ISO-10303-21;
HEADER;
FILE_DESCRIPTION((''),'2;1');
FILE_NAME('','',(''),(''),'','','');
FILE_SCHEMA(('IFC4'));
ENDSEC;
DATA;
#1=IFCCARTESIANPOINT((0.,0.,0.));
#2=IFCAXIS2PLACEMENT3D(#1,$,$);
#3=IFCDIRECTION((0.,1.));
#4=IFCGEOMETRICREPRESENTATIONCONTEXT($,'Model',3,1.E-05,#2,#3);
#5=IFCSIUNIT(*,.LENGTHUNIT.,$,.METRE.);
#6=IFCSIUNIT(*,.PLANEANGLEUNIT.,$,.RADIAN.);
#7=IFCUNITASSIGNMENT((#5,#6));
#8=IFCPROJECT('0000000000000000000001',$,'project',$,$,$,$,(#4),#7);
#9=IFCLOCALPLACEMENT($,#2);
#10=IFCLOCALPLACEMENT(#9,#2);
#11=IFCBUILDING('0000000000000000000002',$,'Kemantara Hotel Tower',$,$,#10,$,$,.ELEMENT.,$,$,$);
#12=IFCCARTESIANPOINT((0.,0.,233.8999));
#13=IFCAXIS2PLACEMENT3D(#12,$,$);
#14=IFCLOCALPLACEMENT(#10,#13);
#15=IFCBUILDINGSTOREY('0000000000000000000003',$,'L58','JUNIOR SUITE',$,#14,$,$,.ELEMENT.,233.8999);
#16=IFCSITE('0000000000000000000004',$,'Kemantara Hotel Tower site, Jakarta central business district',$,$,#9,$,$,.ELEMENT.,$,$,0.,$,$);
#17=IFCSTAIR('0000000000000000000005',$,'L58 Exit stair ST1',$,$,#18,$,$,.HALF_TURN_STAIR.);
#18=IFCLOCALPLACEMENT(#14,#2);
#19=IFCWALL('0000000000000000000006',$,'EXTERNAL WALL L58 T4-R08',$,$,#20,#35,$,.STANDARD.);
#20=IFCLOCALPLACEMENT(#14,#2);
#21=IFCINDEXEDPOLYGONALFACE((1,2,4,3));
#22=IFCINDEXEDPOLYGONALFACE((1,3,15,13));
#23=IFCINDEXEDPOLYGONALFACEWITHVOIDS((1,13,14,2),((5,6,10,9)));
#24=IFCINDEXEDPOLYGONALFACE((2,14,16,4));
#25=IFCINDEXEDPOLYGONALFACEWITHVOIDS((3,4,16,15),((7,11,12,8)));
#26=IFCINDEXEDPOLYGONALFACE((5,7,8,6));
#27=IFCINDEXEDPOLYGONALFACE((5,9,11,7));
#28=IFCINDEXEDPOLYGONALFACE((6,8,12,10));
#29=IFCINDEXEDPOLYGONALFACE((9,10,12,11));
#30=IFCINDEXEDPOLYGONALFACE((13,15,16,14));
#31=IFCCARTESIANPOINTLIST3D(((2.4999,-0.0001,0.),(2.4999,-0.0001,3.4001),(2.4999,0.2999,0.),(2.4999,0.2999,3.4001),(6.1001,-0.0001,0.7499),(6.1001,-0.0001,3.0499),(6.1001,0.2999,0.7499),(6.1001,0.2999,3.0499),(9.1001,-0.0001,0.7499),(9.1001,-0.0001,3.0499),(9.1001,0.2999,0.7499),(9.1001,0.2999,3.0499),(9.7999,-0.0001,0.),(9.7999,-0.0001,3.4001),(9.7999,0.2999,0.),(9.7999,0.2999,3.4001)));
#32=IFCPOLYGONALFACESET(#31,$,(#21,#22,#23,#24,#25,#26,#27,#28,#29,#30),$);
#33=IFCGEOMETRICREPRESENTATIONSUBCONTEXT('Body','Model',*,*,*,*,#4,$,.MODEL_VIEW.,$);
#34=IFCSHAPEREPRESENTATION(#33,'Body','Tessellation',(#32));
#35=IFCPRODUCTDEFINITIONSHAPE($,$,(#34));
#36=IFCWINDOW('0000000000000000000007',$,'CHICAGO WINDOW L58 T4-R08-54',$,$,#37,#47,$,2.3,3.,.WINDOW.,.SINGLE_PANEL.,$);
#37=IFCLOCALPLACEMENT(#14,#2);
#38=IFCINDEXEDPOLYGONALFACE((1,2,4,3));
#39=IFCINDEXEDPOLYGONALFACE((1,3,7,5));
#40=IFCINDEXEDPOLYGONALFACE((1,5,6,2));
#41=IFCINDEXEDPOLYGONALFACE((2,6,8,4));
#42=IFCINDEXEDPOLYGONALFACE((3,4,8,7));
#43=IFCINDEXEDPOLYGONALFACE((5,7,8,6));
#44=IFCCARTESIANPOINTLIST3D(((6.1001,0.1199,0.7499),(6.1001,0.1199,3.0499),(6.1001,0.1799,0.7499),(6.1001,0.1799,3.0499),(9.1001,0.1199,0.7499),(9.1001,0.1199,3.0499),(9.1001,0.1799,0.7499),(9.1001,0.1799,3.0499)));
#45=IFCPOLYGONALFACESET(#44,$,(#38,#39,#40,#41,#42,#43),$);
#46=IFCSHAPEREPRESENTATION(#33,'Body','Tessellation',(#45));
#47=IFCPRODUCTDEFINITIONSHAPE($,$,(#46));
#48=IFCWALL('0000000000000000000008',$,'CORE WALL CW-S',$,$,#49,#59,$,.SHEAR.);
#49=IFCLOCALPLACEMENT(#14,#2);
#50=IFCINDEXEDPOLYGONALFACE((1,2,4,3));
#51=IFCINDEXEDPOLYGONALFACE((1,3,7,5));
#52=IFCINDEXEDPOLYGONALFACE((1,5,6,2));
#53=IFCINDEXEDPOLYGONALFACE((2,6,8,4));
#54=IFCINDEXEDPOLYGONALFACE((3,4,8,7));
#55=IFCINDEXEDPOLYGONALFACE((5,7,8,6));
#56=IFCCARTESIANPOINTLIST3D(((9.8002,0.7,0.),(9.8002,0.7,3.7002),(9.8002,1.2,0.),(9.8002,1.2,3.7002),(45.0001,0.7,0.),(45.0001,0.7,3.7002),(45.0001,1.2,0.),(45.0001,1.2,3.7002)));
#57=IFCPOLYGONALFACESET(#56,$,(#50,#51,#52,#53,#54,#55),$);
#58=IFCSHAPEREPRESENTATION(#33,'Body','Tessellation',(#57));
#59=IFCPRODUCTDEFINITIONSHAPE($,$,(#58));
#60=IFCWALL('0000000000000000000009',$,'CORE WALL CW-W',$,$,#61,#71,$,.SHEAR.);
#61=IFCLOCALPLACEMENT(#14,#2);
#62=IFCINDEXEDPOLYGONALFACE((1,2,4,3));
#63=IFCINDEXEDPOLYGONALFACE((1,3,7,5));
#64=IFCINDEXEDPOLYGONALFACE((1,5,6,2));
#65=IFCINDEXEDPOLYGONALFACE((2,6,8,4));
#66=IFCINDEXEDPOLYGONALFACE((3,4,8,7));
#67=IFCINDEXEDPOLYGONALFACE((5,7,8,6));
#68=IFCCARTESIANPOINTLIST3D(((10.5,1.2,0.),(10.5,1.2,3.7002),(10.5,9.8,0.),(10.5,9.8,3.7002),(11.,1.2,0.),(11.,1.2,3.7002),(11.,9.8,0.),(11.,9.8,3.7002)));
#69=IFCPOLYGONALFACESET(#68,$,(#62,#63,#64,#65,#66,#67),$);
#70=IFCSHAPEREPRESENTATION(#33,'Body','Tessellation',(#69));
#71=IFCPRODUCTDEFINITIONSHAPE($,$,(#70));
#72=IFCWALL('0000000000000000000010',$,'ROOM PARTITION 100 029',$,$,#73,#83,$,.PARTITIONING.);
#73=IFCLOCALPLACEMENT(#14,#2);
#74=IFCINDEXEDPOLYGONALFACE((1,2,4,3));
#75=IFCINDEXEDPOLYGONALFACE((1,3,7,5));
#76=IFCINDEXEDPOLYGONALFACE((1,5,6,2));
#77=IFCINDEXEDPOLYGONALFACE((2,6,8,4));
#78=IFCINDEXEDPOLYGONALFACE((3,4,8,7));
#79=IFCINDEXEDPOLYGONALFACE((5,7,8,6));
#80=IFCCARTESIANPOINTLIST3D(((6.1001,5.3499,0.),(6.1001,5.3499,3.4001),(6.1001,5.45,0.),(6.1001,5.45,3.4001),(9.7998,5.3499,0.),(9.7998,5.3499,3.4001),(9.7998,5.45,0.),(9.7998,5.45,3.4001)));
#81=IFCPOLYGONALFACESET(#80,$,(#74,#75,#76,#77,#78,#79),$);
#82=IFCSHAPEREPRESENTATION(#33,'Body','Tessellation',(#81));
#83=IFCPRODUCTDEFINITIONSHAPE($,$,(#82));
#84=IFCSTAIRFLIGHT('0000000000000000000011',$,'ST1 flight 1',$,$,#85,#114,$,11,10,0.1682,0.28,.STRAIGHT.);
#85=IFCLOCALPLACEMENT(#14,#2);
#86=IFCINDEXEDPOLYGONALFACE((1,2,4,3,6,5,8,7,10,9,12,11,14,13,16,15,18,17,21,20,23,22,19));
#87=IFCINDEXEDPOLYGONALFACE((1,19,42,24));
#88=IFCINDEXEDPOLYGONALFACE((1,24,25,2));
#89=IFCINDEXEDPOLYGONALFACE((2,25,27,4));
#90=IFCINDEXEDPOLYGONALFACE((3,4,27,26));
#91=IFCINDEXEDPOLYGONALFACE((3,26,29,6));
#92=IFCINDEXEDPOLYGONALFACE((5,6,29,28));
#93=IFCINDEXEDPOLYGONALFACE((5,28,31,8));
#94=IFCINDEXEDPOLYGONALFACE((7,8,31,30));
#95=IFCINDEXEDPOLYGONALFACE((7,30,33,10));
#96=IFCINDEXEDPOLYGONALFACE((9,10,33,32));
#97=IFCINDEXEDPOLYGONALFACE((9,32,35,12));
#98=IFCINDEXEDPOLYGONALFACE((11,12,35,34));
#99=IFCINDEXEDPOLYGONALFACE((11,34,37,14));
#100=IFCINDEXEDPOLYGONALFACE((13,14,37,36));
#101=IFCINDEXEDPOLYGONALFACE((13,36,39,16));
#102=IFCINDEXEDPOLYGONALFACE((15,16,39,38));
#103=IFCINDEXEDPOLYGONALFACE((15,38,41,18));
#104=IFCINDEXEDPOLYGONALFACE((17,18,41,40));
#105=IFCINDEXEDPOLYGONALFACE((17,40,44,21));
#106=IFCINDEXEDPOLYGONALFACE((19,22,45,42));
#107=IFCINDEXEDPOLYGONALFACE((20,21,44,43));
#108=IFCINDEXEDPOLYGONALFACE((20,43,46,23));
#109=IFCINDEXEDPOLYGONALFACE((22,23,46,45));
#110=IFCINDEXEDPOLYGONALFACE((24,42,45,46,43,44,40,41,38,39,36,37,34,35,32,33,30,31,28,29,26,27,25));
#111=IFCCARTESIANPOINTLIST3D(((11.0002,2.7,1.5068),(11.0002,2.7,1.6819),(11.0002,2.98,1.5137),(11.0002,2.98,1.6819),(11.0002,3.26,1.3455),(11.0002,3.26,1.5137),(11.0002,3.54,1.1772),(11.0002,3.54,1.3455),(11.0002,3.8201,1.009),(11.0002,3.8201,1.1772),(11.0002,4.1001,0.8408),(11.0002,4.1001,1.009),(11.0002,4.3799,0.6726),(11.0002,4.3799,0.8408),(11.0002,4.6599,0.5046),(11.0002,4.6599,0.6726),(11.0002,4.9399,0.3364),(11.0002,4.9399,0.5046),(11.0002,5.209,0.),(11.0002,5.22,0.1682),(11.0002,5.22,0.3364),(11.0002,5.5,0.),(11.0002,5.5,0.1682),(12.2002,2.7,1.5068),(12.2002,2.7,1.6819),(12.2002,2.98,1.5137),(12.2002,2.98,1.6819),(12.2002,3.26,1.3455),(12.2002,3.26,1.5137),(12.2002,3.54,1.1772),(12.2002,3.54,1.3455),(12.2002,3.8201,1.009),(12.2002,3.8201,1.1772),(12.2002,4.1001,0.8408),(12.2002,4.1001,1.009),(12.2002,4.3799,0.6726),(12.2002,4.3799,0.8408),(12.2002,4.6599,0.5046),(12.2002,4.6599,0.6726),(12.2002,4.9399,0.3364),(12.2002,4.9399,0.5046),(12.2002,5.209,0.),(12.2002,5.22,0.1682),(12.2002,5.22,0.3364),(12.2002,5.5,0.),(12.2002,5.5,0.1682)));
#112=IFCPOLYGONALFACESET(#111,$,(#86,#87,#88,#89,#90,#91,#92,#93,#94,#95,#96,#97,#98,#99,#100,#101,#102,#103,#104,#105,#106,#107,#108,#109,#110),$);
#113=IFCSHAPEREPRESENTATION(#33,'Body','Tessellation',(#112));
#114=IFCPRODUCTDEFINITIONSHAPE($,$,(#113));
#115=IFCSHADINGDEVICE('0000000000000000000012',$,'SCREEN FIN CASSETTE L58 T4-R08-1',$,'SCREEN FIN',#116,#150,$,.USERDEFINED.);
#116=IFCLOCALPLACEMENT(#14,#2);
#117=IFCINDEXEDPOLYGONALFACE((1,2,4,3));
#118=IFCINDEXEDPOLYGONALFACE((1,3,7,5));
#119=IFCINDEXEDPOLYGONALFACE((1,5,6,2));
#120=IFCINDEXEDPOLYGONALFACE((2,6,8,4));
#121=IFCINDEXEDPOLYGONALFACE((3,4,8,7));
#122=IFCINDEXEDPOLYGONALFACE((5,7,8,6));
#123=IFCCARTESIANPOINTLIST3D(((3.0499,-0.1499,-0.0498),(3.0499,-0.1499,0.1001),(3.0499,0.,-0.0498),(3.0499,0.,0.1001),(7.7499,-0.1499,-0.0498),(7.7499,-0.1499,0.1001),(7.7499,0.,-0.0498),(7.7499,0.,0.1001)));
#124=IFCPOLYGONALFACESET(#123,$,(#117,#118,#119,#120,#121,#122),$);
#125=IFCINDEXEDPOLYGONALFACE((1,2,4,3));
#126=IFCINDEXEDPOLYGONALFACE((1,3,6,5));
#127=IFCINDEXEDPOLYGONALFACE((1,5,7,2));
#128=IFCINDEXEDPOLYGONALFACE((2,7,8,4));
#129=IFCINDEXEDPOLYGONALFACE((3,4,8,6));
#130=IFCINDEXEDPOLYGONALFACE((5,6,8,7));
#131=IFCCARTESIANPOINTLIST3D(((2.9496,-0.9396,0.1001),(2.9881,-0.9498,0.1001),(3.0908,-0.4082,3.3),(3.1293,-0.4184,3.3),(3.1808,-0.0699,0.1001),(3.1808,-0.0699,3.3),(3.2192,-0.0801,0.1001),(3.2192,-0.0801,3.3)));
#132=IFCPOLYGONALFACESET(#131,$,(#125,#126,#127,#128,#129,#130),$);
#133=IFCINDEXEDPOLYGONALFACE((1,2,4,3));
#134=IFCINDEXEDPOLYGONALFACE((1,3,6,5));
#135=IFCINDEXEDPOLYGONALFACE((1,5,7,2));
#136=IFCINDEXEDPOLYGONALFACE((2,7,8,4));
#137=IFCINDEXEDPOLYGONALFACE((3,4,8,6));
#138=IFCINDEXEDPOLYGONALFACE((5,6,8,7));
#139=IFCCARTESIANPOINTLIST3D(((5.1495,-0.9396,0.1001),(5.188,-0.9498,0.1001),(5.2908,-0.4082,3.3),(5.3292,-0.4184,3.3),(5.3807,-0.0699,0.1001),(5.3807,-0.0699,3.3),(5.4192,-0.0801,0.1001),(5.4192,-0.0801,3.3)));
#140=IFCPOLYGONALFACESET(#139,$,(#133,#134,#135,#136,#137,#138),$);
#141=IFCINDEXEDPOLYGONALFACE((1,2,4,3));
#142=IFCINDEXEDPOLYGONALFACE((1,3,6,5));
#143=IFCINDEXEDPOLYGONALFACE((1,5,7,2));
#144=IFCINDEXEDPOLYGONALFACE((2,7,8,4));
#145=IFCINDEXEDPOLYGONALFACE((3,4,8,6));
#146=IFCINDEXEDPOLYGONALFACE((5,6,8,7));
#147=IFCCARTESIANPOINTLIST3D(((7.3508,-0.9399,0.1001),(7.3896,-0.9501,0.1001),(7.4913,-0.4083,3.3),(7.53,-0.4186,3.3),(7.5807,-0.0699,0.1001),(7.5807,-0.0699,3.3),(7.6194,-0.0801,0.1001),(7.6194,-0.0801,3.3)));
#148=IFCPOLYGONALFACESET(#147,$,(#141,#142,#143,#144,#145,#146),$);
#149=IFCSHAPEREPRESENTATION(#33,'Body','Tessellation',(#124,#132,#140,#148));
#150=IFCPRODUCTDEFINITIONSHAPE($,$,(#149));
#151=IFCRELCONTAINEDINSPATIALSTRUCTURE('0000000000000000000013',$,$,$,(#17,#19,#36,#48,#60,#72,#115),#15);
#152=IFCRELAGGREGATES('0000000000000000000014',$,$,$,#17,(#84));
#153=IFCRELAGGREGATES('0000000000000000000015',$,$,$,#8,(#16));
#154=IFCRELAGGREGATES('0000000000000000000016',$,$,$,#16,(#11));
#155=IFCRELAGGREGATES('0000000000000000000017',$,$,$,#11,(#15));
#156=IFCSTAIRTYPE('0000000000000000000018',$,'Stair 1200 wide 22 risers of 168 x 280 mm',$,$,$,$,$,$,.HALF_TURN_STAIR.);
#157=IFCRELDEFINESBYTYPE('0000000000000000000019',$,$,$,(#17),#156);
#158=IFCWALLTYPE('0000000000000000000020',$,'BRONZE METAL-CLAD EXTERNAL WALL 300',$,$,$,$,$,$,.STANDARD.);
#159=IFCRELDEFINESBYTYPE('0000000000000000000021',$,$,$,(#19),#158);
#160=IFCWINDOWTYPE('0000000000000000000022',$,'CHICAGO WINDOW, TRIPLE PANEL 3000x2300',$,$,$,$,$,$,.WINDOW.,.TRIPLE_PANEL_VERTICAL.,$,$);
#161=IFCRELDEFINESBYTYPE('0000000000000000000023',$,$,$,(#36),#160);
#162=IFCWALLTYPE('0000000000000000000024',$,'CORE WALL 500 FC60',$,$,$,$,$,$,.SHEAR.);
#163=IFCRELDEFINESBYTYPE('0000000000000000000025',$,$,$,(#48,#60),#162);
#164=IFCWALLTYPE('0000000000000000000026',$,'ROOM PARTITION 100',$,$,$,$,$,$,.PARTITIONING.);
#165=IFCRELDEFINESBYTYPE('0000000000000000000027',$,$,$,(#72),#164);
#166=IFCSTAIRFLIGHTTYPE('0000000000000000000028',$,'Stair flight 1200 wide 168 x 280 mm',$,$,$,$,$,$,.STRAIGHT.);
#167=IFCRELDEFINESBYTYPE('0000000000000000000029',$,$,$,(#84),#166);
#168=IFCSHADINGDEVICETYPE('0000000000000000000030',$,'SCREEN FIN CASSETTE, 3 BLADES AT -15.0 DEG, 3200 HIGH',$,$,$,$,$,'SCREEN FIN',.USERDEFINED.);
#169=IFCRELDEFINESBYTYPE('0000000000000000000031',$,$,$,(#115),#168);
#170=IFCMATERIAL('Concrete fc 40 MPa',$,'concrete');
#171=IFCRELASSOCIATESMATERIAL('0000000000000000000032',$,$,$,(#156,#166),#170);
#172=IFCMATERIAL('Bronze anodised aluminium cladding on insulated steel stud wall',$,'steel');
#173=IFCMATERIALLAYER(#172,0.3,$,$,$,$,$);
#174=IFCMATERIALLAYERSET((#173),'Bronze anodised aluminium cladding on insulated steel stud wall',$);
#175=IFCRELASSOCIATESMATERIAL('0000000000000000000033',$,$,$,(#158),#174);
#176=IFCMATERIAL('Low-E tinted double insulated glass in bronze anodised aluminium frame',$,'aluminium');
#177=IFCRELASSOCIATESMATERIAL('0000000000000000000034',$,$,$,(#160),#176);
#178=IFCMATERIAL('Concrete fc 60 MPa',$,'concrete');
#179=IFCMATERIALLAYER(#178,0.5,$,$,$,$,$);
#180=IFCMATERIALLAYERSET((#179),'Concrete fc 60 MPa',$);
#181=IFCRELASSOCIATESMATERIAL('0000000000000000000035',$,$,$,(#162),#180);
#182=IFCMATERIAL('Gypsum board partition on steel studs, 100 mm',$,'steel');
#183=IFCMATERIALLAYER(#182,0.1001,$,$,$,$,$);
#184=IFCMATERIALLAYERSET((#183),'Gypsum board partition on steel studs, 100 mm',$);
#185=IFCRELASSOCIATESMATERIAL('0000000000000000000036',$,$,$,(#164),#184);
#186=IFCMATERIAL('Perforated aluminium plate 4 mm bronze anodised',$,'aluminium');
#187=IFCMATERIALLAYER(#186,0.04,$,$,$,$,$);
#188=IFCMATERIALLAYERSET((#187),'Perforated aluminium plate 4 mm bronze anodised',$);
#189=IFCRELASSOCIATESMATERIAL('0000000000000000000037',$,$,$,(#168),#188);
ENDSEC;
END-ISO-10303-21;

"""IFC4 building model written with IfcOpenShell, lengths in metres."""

from ifc_helpers import new_model, si_unit, direction, frame, frame_2d, origin, origin_2d, place, context, subcontext, project, spatial, polyline, rectangle, outline, extrude, source, transform, mapped, material, layer, layer_set, type_object, element, fill, aggregate, save


model = new_model("IFC4")

# Units and contexts
model_context = context("Model", 3, precision=1e-05, world=origin(), true_north=direction((0.0, 1.0)))
body_context = subcontext(model_context, "Body", "Model", "MODEL_VIEW")
ifc_project = project(units=[si_unit("LENGTHUNIT", "METRE"), si_unit("PLANEANGLEUNIT", "RADIAN")], contexts=[model_context])

# Site, building, storey
site_placement = place(None, origin())
site = spatial("IfcSite", under=ifc_project, at=site_placement, Name="Kemantara Hotel Tower site, Jakarta central business district", CompositionType="ELEMENT", RefElevation=0.0)
building_placement = place(site_placement, origin())
building = spatial("IfcBuilding", under=site, at=building_placement, Name="Kemantara Hotel Tower", CompositionType="ELEMENT")
storey_placement = place(building_placement, frame((0.0, 0.0, 233.8999)))
storey = spatial("IfcBuildingStorey", under=building, at=storey_placement, Name="L58", Description="JUNIOR SUITE", CompositionType="ELEMENT", Elevation=233.8999)

# Shared definitions
ifc_material_1 = material(Name="Concrete fc 60 MPa", Category="concrete")

# Shared definitions
ifc_material_2 = material(Name="Concrete fc 40 MPa", Category="concrete")

# Stair
stair_type_1 = type_object("IfcStairType", Name="Stair 1200 wide 22 risers of 168 x 280 mm", PredefinedType="HALF_TURN_STAIR", material=ifc_material_2)
stair_1_placement = place(storey_placement, origin())
stair_1 = element("IfcStair", 1, at=stair_1_placement, inside=storey, type_object=stair_type_1, Name="L58 Exit stair ST1", PredefinedType="HALF_TURN_STAIR")

# Shared definitions
ifc_material_3 = material(Name="Bronze anodised aluminium cladding on insulated steel stud wall", Category="steel")
ifc_layer_1 = layer(ifc_material_3, 0.3)
ifc_layer_set_1 = layer_set([ifc_layer_1], Name="Bronze anodised aluminium cladding on insulated steel stud wall")
wall_type_1 = type_object("IfcWallType", Name="BRONZE METAL-CLAD EXTERNAL WALL 300", PredefinedType="STANDARD", material=ifc_layer_set_1)

# Wall, opening, window
wall_1_placement = place(storey_placement, frame((2.5, 0.1499, 0.0), z_axis=(0.0, 0.0, 1.0), x_axis=(1.0, 0.0, 0.0)))
wall_1 = element("IfcWall", 2, at=wall_1_placement, inside=storey, type_object=wall_type_1, Name="EXTERNAL WALL L58 T4-R08", PredefinedType="STANDARD", context=body_context, shape_type="SweptSolid", body=[
    extrude(rectangle(XDim=7.3, YDim=0.3, at=frame_2d((3.6499, 0.0))), origin(), (0.0, 0.0, 1.0), 3.4001),
])
opening_placement = place(wall_1_placement, frame((3.6001, 0.0, 0.75)))
opening = element("IfcOpeningElement", 3, at=opening_placement, cuts=wall_1, PredefinedType="OPENING", context=body_context, shape_type="SweptSolid", body=[
    extrude(rectangle(XDim=3.0, YDim=2.3, at=frame_2d((1.5, 1.1499))), frame((0.0, 0.1599, 0.0), z_axis=(0.0, -1.0, 0.0), x_axis=(1.0, 0.0, 0.0)), (0.0, 0.0, 1.0), 0.3201),
])
ifc_material_4 = material(Name="Low-E tinted double insulated glass in bronze anodised aluminium frame", Category="aluminium")
window_type = type_object("IfcWindowType", Name="CHICAGO WINDOW, TRIPLE PANEL 3000x2300", PartitioningType="TRIPLE_PANEL_VERTICAL", PredefinedType="WINDOW", material=ifc_material_4)
window_placement = place(opening_placement, origin())
window = element("IfcWindow", 4, at=window_placement, inside=storey, type_object=window_type, Name="CHICAGO WINDOW L58 T4-R08-54", OverallHeight=2.3, OverallWidth=3.0, PartitioningType="SINGLE_PANEL", PredefinedType="WINDOW", context=body_context, shape_type="SweptSolid", body=[
    extrude(rectangle(XDim=3.0, YDim=2.3, at=frame_2d((1.5, 1.1499))), frame((0.0, 0.03, 0.0), z_axis=(0.0, -1.0, 0.0), x_axis=(1.0, 0.0, 0.0)), (0.0, 0.0, 1.0), 0.0601),
])
fill(opening, window)

# Walls
ifc_layer_2 = layer(ifc_material_1, 0.5)
ifc_layer_set_2 = layer_set([ifc_layer_2], Name="Concrete fc 60 MPa")
wall_type_2 = type_object("IfcWallType", Name="CORE WALL 500 FC60", PredefinedType="SHEAR", material=ifc_layer_set_2)
wall_2_placement = place(storey_placement, frame((9.8, 0.95, 0.0), z_axis=(0.0, 0.0, 1.0), x_axis=(1.0, 0.0, 0.0)))
element("IfcWall", 5, at=wall_2_placement, inside=storey, type_object=wall_type_2, Name="CORE WALL CW-S", PredefinedType="SHEAR", context=body_context, shape_type="SweptSolid", body=[
    extrude(rectangle(XDim=35.2, YDim=0.5, at=frame_2d((17.6001, 0.0))), origin(), (0.0, 0.0, 1.0), 3.7002),
])
wall_3_placement = place(storey_placement, frame((10.75, 1.2, 0.0), z_axis=(0.0, 0.0, 1.0), x_axis=(0.0, 1.0, 0.0)))
element("IfcWall", 6, at=wall_3_placement, inside=storey, type_object=wall_type_2, Name="CORE WALL CW-W", PredefinedType="SHEAR", context=body_context, shape_type="SweptSolid", body=[
    extrude(rectangle(XDim=8.6001, YDim=0.5, at=frame_2d((4.3, 0.0))), origin(), (0.0, 0.0, 1.0), 3.7002),
])
ifc_material_5 = material(Name="Gypsum board partition on steel studs, 100 mm", Category="steel")
ifc_layer_3 = layer(ifc_material_5, 0.1001)
ifc_layer_set_3 = layer_set([ifc_layer_3], Name="Gypsum board partition on steel studs, 100 mm")
wall_type_3 = type_object("IfcWallType", Name="ROOM PARTITION 100", PredefinedType="PARTITIONING", material=ifc_layer_set_3)
wall_4_placement = place(storey_placement, frame((6.1001, 5.3999, 0.0), z_axis=(0.0, 0.0, 1.0), x_axis=(1.0, 0.0, 0.0)))
element("IfcWall", 7, at=wall_4_placement, inside=storey, type_object=wall_type_3, Name="ROOM PARTITION 100 029", PredefinedType="PARTITIONING", context=body_context, shape_type="SweptSolid", body=[
    extrude(rectangle(XDim=3.6997, YDim=0.1001, at=frame_2d((1.8499, 0.0))), origin(), (0.0, 0.0, 1.0), 3.4001),
])

# Stair flight
stair_flight_type = type_object("IfcStairFlightType", Name="Stair flight 1200 wide 168 x 280 mm", PredefinedType="STRAIGHT", material=ifc_material_2)
stair_flight_placement = place(storey_placement, frame((11.6001, 5.5, 0.0), z_axis=(0.0, 0.0, 1.0), x_axis=(0.0, -1.0, 0.0)))
stair_flight = element("IfcStairFlight", 8, at=stair_flight_placement, type_object=stair_flight_type, Name="ST1 flight 1", NumberOfRisers=11, NumberOfTreads=10, PredefinedType="STRAIGHT", RiserHeight=0.1682, TreadLength=0.28, context=body_context, shape_type="SweptSolid", body=[
    extrude(outline(polyline([(0.0, 0.0), (0.0, 0.1682), (0.28, 0.1682), (0.28, 0.3364), (0.5601, 0.3364), (0.5601, 0.5046), (0.8401, 0.5046), (0.8401, 0.6726), (1.1201, 0.6726), (1.1201, 0.8408), (1.3999, 0.8408), (1.3999, 1.009), (1.6799, 1.009), (1.6799, 1.1772), (1.96, 1.1772), (1.96, 1.3455), (2.24, 1.3455), (2.24, 1.5137), (2.52, 1.5137), (2.52, 1.6819), (2.8, 1.6819), (2.8, 1.8501), (2.8, 1.5068), (0.291, 0.0), (0.0, 0.0)])), frame((0.0, 0.6001, 0.0), z_axis=(0.0, -1.0, 0.0), x_axis=(1.0, 0.0, 0.0)), (0.0, 0.0, 1.0), 1.2),
])
aggregate(stair_1, [stair_flight])

# Shading device
ifc_material_6 = material(Name="Perforated aluminium plate 4 mm bronze anodised", Category="aluminium")
ifc_layer_4 = layer(ifc_material_6, 0.04)
ifc_layer_set_4 = layer_set([ifc_layer_4], Name="Perforated aluminium plate 4 mm bronze anodised")
shading_device_type_1 = type_object("IfcShadingDeviceType", Name="SCREEN FIN CASSETTE, 3 BLADES AT -15.0 DEG, 3200 HIGH", ElementType="SCREEN FIN", PredefinedType="USERDEFINED", material=ifc_layer_set_4)
shared_shape_1 = source(origin(), body_context, "Body", "SweptSolid", [
    extrude(rectangle(XDim=4.7, YDim=0.1499, at=origin_2d()), frame((2.2, -0.075, -0.1499), z_axis=(0.0, 0.0, 1.0), x_axis=(1.0, 0.0, 0.0)), (0.0, 0.0, 1.0), 0.1499),
    extrude(outline(polyline([(0.0, 0.0), (0.8999, 0.0), (0.3501, 3.2), (0.0, 3.2), (0.0, 0.0)])), frame((0.0193, -0.0801, 0.0), z_axis=(-0.966438, 0.256901, 0.0), x_axis=(-0.256901, -0.966438, 0.0)), (0.0, 0.0, 1.0), 0.0398),
    extrude(outline(polyline([(0.0, 0.0), (0.8999, 0.0), (0.3501, 3.2), (0.0, 3.2), (0.0, 0.0)])), frame((2.2192, -0.0801, 0.0), z_axis=(-0.966438, 0.256901, 0.0), x_axis=(-0.256901, -0.966438, 0.0)), (0.0, 0.0, 1.0), 0.0398),
    extrude(outline(polyline([(0.0, 0.0), (0.8999, 0.0), (0.3501, 3.2), (0.0, 3.2), (0.0, 0.0)])), frame((4.4194, -0.0801, 0.0), z_axis=(-0.966838, 0.255391, 0.0), x_axis=(-0.255391, -0.966838, 0.0)), (0.0, 0.0, 1.0), 0.04),
])
shading_device_1_placement = place(storey_placement, frame((3.2, 0.0, 0.1001), z_axis=(0.0, 0.0, 1.0), x_axis=(1.0, 0.0, 0.0)))
element("IfcShadingDevice", 9, at=shading_device_1_placement, inside=storey, type_object=shading_device_type_1, Name="SCREEN FIN CASSETTE L58 T4-R08-1", ObjectType="SCREEN FIN", PredefinedType="USERDEFINED", context=body_context, shape_type="MappedRepresentation", body=[
    mapped(shared_shape_1, transform((0.0, 0.0, 0.0))),
])

save(model, "model.ifc")
